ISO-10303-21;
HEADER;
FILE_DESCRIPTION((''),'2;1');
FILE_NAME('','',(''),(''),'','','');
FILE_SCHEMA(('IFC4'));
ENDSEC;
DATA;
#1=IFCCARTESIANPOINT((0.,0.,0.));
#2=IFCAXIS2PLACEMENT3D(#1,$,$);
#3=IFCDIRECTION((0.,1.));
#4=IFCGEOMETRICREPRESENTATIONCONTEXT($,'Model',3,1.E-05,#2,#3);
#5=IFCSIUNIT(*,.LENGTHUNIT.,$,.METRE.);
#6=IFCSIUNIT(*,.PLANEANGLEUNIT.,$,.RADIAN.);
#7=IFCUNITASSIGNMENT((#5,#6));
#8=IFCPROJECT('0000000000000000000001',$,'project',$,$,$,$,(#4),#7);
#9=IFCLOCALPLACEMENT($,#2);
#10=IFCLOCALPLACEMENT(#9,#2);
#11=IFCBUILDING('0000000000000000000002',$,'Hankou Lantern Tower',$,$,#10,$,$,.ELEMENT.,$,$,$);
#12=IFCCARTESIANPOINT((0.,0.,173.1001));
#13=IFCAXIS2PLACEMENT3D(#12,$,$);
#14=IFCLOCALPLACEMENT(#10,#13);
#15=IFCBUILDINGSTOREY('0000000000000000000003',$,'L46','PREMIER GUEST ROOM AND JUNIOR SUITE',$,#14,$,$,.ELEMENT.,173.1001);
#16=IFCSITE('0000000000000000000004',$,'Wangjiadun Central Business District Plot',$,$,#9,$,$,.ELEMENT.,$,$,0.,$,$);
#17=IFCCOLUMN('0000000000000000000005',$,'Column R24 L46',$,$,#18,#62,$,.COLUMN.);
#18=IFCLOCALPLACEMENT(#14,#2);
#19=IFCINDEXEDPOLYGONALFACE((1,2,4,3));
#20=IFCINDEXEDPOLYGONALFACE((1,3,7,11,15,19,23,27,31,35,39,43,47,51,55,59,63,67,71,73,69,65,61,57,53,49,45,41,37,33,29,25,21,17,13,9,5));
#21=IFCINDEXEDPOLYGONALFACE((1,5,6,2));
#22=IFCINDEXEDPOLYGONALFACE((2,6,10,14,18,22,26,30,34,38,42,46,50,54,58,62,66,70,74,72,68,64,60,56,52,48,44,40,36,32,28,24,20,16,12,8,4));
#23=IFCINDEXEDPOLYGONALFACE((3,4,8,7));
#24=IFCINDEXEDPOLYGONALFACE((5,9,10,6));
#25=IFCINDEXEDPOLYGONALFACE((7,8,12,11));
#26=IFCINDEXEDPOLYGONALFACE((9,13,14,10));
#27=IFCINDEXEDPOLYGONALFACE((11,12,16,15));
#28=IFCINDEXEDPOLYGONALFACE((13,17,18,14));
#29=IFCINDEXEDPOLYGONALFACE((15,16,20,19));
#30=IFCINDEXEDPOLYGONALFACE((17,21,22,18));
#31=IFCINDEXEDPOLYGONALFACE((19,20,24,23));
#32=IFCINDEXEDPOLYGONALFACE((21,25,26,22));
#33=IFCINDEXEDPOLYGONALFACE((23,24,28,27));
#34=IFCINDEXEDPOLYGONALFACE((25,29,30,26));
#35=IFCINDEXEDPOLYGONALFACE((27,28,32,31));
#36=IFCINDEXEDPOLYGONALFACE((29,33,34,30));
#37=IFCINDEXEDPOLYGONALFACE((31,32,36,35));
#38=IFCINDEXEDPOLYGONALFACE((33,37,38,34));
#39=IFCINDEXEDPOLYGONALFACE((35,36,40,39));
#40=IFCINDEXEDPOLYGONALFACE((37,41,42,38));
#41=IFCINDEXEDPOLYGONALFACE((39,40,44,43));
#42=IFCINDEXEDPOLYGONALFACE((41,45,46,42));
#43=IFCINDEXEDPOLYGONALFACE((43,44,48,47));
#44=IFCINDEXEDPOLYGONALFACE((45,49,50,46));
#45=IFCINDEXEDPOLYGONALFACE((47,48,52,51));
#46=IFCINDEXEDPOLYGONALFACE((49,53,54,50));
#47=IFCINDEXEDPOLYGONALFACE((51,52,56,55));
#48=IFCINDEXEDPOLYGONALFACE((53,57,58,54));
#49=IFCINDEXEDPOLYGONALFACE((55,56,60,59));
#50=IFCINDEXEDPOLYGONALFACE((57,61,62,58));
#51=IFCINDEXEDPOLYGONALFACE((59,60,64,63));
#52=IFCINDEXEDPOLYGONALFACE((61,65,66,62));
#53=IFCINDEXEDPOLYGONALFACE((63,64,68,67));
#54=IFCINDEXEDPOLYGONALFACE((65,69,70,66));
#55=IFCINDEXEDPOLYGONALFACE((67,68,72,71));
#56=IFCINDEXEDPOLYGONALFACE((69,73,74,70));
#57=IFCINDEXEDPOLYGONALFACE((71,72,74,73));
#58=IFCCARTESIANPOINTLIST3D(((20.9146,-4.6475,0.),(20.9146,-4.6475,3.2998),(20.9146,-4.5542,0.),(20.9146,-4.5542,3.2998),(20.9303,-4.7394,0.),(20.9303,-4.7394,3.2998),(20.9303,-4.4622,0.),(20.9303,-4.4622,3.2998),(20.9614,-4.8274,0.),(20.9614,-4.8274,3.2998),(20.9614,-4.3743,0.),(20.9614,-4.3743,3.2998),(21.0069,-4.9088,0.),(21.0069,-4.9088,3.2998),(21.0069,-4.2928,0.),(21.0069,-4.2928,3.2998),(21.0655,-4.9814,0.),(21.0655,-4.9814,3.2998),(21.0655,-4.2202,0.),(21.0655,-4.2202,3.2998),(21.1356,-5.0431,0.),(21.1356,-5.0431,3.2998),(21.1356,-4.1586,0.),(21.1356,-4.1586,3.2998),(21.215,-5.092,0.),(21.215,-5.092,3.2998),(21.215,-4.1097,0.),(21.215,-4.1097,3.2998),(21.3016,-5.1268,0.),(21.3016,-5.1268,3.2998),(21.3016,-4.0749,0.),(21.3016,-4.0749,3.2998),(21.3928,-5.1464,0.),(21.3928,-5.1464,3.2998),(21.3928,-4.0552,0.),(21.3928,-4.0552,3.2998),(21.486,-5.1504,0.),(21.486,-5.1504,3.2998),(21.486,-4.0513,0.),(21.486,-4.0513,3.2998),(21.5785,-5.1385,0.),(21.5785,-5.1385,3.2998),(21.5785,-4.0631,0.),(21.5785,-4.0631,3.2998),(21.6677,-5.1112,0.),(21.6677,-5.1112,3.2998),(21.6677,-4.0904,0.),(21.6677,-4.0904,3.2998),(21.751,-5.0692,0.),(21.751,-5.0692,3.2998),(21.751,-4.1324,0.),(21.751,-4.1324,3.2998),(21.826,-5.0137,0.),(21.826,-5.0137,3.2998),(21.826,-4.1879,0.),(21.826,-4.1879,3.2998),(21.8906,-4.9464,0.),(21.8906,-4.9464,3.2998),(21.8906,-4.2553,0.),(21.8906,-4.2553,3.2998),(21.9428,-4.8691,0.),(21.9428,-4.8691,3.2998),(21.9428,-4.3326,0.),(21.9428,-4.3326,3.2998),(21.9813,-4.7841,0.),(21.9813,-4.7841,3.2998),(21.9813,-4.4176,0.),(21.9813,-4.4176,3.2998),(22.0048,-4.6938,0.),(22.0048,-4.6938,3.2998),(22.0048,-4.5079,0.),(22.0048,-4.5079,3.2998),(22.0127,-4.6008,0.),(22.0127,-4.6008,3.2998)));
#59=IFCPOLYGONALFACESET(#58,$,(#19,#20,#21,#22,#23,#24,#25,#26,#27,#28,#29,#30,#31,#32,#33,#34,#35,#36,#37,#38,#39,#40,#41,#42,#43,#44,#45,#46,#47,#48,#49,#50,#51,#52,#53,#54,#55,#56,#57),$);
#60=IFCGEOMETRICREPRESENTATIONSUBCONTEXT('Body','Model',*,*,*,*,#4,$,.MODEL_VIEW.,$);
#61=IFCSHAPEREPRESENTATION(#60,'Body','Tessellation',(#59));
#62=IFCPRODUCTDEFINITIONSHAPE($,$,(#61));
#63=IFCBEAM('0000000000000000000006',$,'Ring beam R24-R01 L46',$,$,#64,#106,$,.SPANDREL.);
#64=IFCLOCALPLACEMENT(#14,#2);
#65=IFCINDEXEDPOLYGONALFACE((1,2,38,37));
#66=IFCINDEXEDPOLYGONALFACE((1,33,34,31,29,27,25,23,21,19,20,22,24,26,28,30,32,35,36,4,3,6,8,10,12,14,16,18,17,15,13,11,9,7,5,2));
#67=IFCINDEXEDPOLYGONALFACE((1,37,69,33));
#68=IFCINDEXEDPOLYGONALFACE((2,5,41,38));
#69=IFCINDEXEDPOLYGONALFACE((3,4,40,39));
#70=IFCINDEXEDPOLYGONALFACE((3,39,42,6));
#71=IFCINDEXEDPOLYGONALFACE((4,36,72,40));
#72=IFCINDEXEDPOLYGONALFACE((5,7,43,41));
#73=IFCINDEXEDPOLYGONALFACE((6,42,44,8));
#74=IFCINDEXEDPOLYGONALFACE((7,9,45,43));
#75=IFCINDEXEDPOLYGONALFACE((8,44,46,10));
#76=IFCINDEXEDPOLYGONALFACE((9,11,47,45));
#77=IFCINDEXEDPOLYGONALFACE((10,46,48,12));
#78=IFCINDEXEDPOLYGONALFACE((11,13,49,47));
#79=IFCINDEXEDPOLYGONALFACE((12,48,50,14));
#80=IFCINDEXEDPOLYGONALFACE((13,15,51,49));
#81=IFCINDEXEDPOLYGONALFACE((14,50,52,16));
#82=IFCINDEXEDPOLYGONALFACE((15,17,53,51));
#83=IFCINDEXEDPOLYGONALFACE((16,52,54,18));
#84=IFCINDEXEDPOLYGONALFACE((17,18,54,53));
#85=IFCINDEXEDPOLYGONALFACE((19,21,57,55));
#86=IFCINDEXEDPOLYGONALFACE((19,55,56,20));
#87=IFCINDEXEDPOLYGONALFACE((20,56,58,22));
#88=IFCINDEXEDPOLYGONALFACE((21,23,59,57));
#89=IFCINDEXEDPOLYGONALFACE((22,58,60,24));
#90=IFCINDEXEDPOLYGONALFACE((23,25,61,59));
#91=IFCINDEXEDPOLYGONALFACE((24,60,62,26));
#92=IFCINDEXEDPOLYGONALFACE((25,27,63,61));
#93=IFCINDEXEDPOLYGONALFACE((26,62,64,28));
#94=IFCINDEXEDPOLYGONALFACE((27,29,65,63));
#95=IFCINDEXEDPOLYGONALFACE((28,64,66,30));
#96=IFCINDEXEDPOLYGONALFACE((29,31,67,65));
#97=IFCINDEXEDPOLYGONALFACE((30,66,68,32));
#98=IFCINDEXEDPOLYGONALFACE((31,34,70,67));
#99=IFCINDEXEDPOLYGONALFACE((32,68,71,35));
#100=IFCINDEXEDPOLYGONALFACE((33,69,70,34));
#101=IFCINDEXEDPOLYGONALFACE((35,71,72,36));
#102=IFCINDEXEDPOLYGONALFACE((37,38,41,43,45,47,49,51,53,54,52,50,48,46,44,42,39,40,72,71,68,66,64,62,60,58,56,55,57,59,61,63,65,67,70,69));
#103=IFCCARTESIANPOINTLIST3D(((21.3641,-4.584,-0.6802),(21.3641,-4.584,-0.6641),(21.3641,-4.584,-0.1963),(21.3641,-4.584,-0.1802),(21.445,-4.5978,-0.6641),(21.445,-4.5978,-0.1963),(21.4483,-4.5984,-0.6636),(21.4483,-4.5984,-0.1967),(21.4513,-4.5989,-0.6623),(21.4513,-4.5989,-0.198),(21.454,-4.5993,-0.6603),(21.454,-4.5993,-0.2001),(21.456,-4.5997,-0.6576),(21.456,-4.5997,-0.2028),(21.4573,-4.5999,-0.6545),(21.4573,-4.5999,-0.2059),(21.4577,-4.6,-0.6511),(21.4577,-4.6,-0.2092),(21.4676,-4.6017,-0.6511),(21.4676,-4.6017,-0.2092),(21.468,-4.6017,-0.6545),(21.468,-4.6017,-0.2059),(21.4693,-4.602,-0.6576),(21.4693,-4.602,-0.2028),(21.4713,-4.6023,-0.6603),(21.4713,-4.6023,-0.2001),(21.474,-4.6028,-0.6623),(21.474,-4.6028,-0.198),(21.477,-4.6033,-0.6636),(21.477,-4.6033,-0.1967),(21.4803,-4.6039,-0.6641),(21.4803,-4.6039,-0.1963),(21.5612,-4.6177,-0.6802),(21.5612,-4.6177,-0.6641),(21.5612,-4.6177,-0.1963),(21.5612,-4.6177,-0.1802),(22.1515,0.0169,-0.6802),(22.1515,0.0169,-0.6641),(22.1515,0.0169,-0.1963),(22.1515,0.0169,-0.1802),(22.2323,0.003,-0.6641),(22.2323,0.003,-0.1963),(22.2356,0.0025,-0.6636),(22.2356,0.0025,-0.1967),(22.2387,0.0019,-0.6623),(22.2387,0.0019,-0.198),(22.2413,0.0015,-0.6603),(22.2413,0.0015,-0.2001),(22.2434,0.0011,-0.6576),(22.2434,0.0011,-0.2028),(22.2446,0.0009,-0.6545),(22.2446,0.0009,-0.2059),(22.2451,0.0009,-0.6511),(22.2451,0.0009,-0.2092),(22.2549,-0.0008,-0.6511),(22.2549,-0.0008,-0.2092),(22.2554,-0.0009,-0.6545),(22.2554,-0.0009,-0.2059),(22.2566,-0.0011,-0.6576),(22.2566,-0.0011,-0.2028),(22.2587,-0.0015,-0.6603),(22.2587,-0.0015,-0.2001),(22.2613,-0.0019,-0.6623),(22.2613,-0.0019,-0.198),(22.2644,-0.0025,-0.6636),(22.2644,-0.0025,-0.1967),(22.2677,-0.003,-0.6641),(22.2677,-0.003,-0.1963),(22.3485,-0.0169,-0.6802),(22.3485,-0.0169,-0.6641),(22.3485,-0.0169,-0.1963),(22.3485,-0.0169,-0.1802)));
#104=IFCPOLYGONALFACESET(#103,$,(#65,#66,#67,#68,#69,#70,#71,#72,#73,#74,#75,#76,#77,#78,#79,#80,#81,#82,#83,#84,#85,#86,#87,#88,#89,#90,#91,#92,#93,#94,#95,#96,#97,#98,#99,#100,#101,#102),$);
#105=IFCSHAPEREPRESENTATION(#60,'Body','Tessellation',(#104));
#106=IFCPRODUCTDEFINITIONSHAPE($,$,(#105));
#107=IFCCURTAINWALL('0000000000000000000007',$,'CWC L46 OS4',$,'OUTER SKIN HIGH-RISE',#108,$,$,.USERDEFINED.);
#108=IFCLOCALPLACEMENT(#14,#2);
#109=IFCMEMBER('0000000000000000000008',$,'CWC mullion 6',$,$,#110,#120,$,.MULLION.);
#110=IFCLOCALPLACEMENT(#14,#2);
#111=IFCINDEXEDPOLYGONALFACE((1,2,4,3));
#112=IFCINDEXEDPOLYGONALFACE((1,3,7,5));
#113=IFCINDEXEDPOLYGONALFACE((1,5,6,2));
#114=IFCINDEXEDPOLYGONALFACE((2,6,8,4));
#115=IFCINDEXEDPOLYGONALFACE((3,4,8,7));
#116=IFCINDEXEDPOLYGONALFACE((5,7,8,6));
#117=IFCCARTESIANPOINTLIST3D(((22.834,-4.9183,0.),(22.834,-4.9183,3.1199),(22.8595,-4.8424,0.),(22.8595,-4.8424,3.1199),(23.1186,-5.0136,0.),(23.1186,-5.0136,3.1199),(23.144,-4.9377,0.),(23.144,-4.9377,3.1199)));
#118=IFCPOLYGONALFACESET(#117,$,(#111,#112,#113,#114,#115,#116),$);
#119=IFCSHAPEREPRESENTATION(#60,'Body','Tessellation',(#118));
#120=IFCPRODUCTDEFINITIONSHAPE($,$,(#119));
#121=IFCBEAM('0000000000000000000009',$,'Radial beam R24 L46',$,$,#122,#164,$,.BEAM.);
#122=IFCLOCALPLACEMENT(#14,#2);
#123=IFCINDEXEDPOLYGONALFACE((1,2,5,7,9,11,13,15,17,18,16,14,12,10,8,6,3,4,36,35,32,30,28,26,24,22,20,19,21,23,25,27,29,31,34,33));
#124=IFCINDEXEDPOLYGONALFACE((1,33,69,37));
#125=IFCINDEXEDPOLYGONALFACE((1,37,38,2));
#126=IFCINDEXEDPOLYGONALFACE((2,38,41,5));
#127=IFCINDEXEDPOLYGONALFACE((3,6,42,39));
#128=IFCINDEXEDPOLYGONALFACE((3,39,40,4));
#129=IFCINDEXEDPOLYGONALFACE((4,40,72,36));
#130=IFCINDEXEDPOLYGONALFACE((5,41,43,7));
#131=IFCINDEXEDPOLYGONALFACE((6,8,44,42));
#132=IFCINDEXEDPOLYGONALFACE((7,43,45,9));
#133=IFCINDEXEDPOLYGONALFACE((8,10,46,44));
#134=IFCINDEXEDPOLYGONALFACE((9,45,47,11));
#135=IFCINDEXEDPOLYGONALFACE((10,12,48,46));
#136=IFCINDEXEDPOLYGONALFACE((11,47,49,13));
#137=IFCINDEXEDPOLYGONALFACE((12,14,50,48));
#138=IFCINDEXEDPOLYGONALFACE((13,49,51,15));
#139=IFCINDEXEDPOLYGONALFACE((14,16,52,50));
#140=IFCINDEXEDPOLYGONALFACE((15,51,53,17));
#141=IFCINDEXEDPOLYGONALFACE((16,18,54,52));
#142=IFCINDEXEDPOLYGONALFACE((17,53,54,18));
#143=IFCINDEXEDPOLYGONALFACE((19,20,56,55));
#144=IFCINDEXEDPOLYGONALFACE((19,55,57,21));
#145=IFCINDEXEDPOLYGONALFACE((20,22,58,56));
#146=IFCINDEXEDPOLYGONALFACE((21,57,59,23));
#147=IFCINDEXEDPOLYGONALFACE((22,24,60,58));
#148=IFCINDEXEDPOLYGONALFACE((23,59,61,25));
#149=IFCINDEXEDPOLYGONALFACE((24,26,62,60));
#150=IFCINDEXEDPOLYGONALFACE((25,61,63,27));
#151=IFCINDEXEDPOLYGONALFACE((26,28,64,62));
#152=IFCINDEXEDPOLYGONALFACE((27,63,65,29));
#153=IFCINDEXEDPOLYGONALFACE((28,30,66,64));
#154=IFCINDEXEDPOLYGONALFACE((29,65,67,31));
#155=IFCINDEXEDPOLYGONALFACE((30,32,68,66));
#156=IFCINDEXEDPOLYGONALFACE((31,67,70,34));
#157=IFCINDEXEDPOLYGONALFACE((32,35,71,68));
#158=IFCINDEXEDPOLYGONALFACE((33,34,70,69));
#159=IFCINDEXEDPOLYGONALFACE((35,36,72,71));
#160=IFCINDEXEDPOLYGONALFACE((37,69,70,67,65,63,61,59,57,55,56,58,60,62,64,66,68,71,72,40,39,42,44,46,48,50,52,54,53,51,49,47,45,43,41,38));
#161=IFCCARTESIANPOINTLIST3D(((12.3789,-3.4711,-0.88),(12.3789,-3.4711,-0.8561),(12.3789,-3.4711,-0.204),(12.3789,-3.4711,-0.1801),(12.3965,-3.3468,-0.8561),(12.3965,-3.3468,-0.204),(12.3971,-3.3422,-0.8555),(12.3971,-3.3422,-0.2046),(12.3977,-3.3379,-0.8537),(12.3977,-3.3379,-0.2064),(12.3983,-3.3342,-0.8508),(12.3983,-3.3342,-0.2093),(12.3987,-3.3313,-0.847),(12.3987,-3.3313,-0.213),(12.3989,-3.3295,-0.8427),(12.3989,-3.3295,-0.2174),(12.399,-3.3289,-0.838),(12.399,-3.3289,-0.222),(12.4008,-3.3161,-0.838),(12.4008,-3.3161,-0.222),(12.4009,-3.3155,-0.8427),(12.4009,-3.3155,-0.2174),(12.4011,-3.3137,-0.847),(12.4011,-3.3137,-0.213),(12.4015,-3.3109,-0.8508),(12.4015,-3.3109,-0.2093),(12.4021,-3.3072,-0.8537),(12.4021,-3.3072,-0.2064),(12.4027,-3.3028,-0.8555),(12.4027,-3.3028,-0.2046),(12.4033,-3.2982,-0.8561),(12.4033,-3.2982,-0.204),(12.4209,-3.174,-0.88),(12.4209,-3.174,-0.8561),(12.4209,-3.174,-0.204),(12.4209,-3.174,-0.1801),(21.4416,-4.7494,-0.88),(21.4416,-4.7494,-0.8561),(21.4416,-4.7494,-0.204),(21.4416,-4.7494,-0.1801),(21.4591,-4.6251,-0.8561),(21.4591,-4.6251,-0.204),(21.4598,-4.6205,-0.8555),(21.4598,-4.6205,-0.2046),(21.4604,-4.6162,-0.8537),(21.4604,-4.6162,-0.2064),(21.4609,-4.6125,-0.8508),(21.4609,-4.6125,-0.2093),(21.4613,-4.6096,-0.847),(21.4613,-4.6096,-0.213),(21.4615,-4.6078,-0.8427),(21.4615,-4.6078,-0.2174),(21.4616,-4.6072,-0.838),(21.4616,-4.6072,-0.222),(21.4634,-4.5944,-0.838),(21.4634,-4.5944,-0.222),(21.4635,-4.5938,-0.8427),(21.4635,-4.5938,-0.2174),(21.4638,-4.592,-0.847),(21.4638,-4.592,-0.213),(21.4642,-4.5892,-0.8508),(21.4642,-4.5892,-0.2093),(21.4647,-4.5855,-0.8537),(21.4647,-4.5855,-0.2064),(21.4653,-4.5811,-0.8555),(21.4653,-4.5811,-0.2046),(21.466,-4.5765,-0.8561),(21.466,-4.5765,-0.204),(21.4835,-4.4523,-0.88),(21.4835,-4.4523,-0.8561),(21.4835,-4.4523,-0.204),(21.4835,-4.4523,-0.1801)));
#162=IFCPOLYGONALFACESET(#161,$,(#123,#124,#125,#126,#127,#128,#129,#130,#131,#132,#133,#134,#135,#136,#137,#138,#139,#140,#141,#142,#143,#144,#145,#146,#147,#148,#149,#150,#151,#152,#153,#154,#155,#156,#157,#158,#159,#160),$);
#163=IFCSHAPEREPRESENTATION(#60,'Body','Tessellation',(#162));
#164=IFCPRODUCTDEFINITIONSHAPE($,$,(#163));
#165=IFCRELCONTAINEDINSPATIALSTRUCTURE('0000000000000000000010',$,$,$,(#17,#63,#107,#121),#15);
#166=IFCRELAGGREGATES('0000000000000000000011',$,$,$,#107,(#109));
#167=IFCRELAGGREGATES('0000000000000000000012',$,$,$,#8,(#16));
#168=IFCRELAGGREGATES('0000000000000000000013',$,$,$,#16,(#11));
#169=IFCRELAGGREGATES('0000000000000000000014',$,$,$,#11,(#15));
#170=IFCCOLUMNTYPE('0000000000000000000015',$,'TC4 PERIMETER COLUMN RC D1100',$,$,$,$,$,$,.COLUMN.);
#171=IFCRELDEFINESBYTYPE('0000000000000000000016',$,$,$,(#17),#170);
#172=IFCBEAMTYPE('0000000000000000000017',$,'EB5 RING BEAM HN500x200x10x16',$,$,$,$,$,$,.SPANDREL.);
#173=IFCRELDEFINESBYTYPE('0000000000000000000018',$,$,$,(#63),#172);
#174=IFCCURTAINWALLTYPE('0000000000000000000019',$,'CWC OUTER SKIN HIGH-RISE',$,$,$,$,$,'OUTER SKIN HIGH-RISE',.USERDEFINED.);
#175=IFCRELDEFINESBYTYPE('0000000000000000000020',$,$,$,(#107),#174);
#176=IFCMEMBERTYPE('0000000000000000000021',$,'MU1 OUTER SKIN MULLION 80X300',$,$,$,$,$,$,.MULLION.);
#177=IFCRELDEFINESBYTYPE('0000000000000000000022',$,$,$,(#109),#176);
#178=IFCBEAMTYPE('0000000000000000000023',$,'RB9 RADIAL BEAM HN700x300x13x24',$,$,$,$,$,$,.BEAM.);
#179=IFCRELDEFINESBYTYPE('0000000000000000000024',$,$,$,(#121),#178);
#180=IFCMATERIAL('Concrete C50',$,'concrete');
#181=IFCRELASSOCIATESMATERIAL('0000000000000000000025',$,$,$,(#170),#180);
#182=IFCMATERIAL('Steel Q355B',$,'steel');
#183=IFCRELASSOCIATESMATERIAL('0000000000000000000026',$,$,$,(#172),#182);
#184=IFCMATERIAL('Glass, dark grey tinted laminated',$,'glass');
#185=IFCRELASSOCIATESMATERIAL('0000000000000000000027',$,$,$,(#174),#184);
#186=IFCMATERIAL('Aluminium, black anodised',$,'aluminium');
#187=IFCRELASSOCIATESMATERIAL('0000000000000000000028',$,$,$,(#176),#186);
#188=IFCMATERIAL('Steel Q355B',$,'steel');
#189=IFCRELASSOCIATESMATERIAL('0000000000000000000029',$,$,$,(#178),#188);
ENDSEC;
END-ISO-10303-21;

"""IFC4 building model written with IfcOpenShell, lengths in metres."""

from ifc_helpers import new_model, si_unit, direction, frame, origin, origin_2d, place, context, subcontext, project, spatial, rectangle, circle, i_section, extrude, material, material_profile, profile_set, type_object, element, aggregate, save


model = new_model("IFC4")

# Units and contexts
model_context = context("Model", 3, precision=1e-05, world=origin(), true_north=direction((0.0, 1.0)))
body_context = subcontext(model_context, "Body", "Model", "MODEL_VIEW")
ifc_project = project(units=[si_unit("LENGTHUNIT", "METRE"), si_unit("PLANEANGLEUNIT", "RADIAN")], contexts=[model_context])

# Site, building, storey
site_placement = place(None, origin())
site = spatial("IfcSite", under=ifc_project, at=site_placement, Name="Wangjiadun Central Business District Plot", CompositionType="ELEMENT", RefElevation=0.0)
building_placement = place(site_placement, origin())
building = spatial("IfcBuilding", under=site, at=building_placement, Name="Hankou Lantern Tower", CompositionType="ELEMENT")
storey_placement = place(building_placement, frame((0.0, 0.0, 173.1001)))
storey = spatial("IfcBuildingStorey", under=building, at=storey_placement, Name="L46", Description="PREMIER GUEST ROOM AND JUNIOR SUITE", CompositionType="ELEMENT", Elevation=173.1001)

# Column
ifc_material_1 = material(Name="Concrete C50", Category="concrete")
ifc_material_profile_1 = material_profile(ifc_material_1, circle(Radius=0.55, at=origin_2d()), Name="RC D1100")
ifc_profile_set_1 = profile_set([ifc_material_profile_1], Name="Concrete C50")
column_type = type_object("IfcColumnType", Name="TC4 PERIMETER COLUMN RC D1100", PredefinedType="COLUMN", material=ifc_profile_set_1)
column_placement = place(storey_placement, frame((21.4626, -4.6008, 0.0), z_axis=(0.0, 0.0, 1.0), x_axis=(1.0, 0.0, 0.0)))
element("IfcColumn", 1, at=column_placement, inside=storey, type_object=column_type, Name="Column R24 L46", PredefinedType="COLUMN", context=body_context, shape_type="SweptSolid", body=[
    extrude(circle(Radius=0.55, at=origin_2d()), origin(), (0.0, 0.0, 1.0), 3.2998),
])

# Beam
ifc_material_2 = material(Name="Steel Q355B", Category="steel")
ifc_material_profile_2 = material_profile(ifc_material_2, i_section(OverallWidth=0.2, OverallDepth=0.5, WebThickness=0.01, FlangeThickness=0.0161, FilletRadius=0.0129, at=origin_2d()), Name="HN500x200x10x16")
ifc_profile_set_2 = profile_set([ifc_material_profile_2], Name="Steel Q355B")
beam_type_1 = type_object("IfcBeamType", Name="EB5 RING BEAM HN500x200x10x16", PredefinedType="SPANDREL", material=ifc_profile_set_2)
beam_1_placement = place(storey_placement, frame((21.4626, -4.6008, -0.4302), z_axis=(0.168681, 0.985671, 0.0), x_axis=(-0.985671, 0.168681, 0.0)))
element("IfcBeam", 2, at=beam_1_placement, inside=storey, type_object=beam_type_1, Name="Ring beam R24-R01 L46", PredefinedType="SPANDREL", context=body_context, shape_type="SweptSolid", body=[
    extrude(i_section(OverallWidth=0.2, OverallDepth=0.5, WebThickness=0.01, FlangeThickness=0.0161, FilletRadius=0.0129, at=origin_2d()), origin(), (0.0, 0.0, 1.0), 4.6677),
])

# Curtain wall, member
ifc_material_3 = material(Name="Glass, dark grey tinted laminated", Category="glass")
curtain_wall_type = type_object("IfcCurtainWallType", Name="CWC OUTER SKIN HIGH-RISE", ElementType="OUTER SKIN HIGH-RISE", PredefinedType="USERDEFINED", material=ifc_material_3)
curtain_wall_placement = place(storey_placement, origin())
curtain_wall = element("IfcCurtainWall", 3, at=curtain_wall_placement, inside=storey, type_object=curtain_wall_type, Name="CWC L46 OS4", ObjectType="OUTER SKIN HIGH-RISE", PredefinedType="USERDEFINED")
ifc_material_4 = material(Name="Aluminium, black anodised", Category="aluminium")
ifc_material_profile_3 = material_profile(ifc_material_4, rectangle(XDim=0.0801, YDim=0.3, at=origin_2d()), Name="MU1 80X300")
ifc_profile_set_3 = profile_set([ifc_material_profile_3], Name="Aluminium, black anodised")
member_type_1 = type_object("IfcMemberType", Name="MU1 OUTER SKIN MULLION 80X300", PredefinedType="MULLION", material=ifc_profile_set_3)
member_1_placement = place(storey_placement, frame((22.989, -4.928, 0.0), z_axis=(0.0, 0.0, 1.0), x_axis=(0.317596, 0.948226, 0.0)))
member_1 = element("IfcMember", 4, at=member_1_placement, type_object=member_type_1, Name="CWC mullion 6", PredefinedType="MULLION", context=body_context, shape_type="SweptSolid", body=[
    extrude(rectangle(XDim=0.0801, YDim=0.3, at=origin_2d()), origin(), (0.0, 0.0, 1.0), 3.1199),
])

# Beam
ifc_material_5 = material(Name="Steel Q355B", Category="steel")
ifc_material_profile_4 = material_profile(ifc_material_5, i_section(OverallWidth=0.3, OverallDepth=0.7, WebThickness=0.0129, FlangeThickness=0.0239, FilletRadius=0.0181, at=origin_2d()), Name="HN700x300x13x24")
ifc_profile_set_4 = profile_set([ifc_material_profile_4], Name="Steel Q355B")
beam_type_2 = type_object("IfcBeamType", Name="RB9 RADIAL BEAM HN700x300x13x24", PredefinedType="BEAM", material=ifc_profile_set_4)
beam_2_placement = place(storey_placement, frame((12.3999, -3.3225, -0.53), z_axis=(0.990198, -0.13967, 0.0), x_axis=(0.13967, 0.990198, 0.0)))
element("IfcBeam", 5, at=beam_2_placement, inside=storey, type_object=beam_type_2, Name="Radial beam R24 L46", PredefinedType="BEAM", context=body_context, shape_type="SweptSolid", body=[
    extrude(i_section(OverallWidth=0.3, OverallDepth=0.7, WebThickness=0.0129, FlangeThickness=0.0239, FilletRadius=0.0181, at=origin_2d()), origin(), (0.0, 0.0, 1.0), 9.1523),
])

aggregate(curtain_wall, [member_1])

save(model, "model.ifc")
